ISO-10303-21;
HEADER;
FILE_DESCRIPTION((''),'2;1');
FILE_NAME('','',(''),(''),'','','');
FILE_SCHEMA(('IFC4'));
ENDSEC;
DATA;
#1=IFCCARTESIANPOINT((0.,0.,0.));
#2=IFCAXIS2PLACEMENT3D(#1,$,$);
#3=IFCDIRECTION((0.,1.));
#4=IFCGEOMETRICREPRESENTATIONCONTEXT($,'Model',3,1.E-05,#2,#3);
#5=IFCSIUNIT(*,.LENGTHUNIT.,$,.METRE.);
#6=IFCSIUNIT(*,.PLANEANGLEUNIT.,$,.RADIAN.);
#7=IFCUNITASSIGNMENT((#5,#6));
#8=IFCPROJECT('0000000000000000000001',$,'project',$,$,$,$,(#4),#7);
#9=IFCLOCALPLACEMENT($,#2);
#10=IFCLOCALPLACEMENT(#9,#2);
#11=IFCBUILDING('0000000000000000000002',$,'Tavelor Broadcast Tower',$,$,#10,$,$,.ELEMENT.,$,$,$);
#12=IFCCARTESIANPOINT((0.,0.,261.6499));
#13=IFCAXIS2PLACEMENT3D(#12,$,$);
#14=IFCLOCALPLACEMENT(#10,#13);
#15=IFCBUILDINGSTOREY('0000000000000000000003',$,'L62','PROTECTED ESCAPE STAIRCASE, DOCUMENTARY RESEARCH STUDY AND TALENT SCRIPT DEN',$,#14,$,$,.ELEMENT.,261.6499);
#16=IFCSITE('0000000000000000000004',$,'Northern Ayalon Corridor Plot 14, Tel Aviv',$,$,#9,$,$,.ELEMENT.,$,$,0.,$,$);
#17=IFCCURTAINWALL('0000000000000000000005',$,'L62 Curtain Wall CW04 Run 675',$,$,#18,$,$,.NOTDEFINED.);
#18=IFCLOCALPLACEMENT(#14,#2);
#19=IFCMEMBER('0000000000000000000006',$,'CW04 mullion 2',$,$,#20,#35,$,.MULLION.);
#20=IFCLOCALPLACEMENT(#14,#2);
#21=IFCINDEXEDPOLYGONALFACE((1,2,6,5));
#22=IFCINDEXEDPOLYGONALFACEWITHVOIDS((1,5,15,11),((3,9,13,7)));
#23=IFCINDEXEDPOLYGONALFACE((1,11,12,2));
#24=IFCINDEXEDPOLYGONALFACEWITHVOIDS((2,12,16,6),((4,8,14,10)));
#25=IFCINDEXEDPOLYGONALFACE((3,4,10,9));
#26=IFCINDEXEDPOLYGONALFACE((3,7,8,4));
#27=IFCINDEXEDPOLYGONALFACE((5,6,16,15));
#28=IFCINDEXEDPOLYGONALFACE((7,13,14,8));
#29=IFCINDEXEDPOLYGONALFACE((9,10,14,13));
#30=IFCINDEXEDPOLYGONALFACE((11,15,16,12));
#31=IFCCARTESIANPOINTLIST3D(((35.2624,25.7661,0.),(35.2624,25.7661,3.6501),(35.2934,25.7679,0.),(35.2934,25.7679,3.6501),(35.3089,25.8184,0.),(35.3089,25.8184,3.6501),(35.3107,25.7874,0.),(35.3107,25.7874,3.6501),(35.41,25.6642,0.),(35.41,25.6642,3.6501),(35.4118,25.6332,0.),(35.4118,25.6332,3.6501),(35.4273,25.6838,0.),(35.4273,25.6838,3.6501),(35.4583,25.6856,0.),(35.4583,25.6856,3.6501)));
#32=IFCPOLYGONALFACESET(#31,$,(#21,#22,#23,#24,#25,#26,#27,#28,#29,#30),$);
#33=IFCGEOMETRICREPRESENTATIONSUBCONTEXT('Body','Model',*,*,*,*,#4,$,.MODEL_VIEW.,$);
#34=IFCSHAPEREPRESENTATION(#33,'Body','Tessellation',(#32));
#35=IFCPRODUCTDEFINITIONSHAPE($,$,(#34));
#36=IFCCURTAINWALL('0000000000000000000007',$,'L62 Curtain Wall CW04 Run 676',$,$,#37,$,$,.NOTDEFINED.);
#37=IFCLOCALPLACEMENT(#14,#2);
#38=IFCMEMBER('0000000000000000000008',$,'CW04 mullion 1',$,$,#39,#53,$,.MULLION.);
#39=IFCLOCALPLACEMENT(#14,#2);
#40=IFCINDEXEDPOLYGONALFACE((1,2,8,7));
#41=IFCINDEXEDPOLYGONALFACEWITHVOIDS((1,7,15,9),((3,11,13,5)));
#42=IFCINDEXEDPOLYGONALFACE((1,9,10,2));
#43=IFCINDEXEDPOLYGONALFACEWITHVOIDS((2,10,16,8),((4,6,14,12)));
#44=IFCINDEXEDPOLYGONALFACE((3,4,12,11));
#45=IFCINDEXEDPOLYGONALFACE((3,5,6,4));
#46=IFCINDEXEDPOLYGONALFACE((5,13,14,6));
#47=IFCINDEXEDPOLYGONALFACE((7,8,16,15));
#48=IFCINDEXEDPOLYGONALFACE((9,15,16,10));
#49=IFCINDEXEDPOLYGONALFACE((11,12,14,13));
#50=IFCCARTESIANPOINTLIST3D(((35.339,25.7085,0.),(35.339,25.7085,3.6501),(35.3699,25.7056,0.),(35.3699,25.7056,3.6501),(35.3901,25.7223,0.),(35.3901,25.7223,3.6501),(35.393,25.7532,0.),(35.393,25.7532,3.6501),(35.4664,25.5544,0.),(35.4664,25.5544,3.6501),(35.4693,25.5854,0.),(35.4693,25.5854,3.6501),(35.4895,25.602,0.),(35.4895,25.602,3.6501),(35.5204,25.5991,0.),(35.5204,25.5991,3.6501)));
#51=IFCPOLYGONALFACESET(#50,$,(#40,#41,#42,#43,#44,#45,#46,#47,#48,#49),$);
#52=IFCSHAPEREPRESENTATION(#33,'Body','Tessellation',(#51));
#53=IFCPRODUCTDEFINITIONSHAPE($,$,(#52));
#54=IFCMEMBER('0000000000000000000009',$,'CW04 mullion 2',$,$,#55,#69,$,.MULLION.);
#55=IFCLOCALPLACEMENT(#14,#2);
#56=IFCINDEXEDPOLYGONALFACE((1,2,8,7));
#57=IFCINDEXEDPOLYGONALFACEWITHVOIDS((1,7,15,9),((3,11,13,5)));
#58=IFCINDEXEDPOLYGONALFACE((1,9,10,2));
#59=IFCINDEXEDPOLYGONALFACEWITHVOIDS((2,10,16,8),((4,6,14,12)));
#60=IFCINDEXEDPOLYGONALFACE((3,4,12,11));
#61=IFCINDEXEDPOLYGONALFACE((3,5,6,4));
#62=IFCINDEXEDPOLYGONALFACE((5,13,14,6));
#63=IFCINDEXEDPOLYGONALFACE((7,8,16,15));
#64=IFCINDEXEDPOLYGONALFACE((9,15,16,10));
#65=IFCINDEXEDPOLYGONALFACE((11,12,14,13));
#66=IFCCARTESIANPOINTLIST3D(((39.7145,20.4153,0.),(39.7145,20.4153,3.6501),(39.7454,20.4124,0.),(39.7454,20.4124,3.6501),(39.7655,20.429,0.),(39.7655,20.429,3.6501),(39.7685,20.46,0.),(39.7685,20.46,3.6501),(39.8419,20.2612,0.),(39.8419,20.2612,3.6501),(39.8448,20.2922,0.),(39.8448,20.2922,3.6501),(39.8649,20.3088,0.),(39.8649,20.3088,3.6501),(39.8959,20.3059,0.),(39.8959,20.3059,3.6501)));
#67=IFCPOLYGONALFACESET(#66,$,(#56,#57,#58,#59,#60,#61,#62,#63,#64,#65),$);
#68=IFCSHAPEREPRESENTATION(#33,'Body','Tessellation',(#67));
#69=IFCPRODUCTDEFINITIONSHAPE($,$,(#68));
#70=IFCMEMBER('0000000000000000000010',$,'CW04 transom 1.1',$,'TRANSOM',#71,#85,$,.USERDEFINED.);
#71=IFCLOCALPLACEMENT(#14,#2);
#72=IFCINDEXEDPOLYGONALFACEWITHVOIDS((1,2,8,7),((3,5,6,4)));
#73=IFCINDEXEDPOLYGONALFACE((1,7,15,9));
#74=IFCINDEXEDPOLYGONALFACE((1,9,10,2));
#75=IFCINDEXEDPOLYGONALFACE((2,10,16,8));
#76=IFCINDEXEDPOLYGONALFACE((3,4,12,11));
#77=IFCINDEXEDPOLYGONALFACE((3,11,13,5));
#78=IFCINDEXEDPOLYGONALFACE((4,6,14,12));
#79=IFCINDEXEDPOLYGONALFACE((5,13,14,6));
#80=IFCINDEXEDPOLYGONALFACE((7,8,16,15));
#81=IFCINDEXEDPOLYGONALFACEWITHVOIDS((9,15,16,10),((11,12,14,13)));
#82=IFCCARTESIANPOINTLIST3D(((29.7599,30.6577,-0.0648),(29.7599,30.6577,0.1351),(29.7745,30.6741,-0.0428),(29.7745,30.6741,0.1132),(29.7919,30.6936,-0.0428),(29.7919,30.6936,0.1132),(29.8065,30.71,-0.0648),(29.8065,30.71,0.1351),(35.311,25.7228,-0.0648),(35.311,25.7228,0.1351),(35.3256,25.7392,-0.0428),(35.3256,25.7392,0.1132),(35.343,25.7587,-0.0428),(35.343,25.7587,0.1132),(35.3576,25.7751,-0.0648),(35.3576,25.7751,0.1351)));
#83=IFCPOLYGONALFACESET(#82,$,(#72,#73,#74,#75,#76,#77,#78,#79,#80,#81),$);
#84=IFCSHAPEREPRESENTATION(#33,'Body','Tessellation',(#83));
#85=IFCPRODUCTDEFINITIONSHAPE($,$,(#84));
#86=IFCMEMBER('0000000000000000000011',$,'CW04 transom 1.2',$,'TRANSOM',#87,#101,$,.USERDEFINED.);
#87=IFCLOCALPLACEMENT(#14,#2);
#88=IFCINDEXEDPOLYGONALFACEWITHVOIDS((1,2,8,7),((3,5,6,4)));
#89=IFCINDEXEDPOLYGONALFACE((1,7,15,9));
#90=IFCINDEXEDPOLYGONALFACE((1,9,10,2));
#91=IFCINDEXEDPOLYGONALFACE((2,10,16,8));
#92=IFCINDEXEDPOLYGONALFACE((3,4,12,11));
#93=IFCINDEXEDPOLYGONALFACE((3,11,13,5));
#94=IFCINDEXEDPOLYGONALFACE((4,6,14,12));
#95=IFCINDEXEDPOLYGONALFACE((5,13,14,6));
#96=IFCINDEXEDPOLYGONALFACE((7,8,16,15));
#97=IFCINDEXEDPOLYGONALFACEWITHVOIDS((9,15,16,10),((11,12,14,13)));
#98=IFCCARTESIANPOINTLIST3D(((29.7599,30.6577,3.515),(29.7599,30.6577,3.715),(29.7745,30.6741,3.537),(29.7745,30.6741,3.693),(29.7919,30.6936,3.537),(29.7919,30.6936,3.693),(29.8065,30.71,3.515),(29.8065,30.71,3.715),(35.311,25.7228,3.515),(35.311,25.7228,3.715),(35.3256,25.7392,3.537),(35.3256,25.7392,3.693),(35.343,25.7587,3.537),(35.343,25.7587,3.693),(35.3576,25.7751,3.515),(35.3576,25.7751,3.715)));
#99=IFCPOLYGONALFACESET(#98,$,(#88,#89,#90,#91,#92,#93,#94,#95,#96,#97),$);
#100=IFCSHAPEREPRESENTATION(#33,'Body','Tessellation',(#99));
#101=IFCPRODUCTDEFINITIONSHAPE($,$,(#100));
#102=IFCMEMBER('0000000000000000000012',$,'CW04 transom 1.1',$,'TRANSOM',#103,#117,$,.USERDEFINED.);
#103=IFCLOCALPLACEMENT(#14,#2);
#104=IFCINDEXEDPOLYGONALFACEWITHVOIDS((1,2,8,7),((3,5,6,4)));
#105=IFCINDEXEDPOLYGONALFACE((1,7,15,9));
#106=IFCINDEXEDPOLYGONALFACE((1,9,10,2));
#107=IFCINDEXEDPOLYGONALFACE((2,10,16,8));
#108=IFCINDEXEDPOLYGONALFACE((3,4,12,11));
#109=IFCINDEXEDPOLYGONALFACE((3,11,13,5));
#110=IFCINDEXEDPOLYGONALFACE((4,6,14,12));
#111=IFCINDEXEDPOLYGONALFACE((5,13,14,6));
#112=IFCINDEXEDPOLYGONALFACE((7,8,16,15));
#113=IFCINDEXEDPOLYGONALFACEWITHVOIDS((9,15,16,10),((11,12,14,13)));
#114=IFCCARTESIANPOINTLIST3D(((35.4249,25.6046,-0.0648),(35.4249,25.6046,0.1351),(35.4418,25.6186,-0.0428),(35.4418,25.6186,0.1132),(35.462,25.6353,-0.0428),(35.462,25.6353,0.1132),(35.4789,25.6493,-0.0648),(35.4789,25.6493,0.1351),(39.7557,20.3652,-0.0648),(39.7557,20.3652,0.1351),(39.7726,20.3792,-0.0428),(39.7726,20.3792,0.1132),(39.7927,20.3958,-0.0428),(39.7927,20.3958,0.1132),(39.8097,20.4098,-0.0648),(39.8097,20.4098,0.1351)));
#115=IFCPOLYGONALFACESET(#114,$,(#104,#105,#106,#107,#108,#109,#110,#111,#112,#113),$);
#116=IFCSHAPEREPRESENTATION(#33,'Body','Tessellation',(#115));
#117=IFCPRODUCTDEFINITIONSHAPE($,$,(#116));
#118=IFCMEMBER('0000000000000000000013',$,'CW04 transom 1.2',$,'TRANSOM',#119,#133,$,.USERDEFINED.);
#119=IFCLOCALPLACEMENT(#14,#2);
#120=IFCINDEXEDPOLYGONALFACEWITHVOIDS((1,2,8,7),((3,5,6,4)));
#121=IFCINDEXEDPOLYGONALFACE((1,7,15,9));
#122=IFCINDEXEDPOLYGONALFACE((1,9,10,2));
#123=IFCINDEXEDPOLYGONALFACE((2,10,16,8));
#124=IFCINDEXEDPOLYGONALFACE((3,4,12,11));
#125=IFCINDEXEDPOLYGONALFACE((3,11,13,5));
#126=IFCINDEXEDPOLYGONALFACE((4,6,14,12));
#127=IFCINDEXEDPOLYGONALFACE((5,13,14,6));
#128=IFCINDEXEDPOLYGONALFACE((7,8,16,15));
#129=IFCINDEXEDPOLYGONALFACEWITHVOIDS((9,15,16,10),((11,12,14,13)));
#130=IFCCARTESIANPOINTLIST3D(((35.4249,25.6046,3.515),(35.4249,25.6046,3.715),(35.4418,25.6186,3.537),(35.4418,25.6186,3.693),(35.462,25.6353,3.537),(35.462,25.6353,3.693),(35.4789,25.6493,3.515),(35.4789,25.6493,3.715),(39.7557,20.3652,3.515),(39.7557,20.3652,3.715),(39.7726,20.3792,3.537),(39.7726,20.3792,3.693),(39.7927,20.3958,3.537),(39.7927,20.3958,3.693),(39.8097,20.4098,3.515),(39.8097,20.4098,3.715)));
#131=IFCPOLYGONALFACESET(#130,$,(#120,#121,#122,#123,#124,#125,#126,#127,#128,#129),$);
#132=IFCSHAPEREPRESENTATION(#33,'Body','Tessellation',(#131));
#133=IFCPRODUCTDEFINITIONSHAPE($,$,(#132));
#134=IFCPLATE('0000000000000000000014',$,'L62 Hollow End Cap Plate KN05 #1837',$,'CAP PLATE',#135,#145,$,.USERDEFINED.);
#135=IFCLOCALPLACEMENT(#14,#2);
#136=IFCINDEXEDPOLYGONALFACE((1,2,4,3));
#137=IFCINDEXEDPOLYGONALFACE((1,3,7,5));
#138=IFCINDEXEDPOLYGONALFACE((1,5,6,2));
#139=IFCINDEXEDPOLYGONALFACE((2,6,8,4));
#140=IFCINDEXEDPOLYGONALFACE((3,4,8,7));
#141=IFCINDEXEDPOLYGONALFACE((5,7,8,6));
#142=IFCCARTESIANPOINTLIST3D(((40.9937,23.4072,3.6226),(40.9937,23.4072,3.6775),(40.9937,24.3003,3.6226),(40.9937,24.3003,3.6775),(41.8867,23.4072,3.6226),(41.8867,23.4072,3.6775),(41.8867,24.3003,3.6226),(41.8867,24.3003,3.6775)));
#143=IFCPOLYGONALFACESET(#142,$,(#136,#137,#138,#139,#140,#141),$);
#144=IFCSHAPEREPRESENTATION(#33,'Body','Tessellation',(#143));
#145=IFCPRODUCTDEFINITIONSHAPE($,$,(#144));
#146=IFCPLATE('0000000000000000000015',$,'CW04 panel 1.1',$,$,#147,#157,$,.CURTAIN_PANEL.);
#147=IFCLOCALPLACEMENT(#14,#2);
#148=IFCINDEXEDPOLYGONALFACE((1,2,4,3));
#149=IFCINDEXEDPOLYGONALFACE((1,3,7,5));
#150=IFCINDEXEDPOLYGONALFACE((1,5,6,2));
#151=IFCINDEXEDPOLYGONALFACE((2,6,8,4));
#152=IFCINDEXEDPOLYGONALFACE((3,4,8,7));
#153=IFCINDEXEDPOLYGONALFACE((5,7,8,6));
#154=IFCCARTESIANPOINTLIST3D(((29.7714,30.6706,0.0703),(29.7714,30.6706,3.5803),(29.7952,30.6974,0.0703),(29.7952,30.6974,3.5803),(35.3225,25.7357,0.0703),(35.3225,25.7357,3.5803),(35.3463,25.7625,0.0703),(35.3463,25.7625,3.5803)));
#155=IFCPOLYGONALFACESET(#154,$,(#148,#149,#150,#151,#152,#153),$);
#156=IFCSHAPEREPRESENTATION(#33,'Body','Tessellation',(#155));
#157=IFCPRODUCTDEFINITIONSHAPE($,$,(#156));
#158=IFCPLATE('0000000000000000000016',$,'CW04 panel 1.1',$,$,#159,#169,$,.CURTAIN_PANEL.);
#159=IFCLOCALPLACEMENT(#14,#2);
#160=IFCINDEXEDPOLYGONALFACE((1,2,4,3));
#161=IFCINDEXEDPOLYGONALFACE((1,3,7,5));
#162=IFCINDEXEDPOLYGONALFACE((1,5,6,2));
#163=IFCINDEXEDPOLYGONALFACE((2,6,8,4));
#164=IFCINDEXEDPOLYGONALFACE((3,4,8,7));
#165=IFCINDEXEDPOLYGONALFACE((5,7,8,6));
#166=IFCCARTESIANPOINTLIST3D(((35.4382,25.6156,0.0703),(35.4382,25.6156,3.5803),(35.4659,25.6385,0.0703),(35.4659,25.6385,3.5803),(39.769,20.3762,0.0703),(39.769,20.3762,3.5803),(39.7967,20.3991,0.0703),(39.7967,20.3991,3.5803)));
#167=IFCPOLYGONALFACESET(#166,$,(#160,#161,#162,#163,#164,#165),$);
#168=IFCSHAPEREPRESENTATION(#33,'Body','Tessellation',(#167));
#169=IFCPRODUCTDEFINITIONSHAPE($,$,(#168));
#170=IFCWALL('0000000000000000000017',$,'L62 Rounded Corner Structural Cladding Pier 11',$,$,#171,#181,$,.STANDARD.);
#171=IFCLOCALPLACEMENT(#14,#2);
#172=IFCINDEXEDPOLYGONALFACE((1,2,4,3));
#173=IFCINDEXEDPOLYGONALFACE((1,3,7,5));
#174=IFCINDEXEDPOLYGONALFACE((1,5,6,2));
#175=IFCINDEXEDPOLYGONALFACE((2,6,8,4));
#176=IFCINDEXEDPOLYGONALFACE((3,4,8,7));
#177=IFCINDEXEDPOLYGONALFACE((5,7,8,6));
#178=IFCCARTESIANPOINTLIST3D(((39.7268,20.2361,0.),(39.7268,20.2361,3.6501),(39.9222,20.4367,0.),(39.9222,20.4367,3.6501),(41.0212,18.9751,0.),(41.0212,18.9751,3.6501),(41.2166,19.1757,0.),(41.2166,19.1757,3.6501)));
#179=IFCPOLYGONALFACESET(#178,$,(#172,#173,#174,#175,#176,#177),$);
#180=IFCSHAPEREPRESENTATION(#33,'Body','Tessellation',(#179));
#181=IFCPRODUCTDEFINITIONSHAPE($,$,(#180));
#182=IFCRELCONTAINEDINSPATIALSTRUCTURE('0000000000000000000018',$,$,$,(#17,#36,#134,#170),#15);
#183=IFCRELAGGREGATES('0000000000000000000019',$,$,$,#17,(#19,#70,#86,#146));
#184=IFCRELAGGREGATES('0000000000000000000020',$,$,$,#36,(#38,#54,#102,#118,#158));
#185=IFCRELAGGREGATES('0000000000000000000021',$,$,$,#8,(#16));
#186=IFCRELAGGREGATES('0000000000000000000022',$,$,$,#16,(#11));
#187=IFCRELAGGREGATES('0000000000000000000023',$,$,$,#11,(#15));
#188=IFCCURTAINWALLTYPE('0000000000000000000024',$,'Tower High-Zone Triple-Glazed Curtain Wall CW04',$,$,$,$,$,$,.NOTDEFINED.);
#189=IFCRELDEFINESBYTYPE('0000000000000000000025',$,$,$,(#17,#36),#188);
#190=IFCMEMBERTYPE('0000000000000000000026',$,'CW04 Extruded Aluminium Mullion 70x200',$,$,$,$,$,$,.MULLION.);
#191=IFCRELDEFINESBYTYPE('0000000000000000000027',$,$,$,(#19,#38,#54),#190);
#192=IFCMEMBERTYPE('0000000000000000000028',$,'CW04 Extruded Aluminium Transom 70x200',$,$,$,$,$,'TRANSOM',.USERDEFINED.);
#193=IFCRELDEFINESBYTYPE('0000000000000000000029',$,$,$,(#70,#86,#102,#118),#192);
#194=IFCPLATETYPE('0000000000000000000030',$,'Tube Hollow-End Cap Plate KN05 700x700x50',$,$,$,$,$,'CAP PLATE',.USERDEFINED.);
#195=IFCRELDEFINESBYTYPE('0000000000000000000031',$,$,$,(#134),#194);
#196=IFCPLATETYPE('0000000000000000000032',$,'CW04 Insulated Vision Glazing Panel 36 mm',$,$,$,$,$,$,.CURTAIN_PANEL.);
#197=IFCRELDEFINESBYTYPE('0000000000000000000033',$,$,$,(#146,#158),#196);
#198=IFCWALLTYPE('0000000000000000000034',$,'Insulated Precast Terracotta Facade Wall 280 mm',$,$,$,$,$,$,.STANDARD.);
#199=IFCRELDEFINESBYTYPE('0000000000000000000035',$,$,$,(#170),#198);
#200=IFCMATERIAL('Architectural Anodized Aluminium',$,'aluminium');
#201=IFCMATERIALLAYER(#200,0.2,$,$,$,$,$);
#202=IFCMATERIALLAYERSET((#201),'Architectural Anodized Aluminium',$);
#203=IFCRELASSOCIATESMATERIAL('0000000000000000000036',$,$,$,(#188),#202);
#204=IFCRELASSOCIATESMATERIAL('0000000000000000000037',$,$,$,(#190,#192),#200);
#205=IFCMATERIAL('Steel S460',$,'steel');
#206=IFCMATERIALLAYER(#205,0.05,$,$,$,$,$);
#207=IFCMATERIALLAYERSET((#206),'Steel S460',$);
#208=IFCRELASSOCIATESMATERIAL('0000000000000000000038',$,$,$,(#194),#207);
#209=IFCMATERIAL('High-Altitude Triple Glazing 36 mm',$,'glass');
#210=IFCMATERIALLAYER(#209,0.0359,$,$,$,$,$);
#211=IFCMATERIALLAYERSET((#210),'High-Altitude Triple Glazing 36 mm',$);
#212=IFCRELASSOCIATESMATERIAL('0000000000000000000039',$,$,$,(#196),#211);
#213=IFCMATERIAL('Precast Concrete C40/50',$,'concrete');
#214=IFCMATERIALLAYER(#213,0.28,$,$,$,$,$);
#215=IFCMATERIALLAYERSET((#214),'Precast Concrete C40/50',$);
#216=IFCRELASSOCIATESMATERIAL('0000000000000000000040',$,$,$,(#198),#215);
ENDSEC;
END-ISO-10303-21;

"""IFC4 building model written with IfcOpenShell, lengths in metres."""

from ifc_helpers import new_model, si_unit, direction, frame, frame_2d, origin, origin_2d, place, context, subcontext, project, spatial, rectangle, hollow_rectangle, extrude, source, transform, mapped, material, layer, layer_set, material_profile, profile_set, type_object, type_shapes, element, aggregate, save


model = new_model("IFC4")

# Units and contexts
model_context = context("Model", 3, precision=1e-05, world=origin(), true_north=direction((0.0, 1.0)))
body_context = subcontext(model_context, "Body", "Model", "MODEL_VIEW")
ifc_project = project(units=[si_unit("LENGTHUNIT", "METRE"), si_unit("PLANEANGLEUNIT", "RADIAN")], contexts=[model_context])

# Site, building, storey
site_placement = place(None, origin())
site = spatial("IfcSite", under=ifc_project, at=site_placement, Name="Northern Ayalon Corridor Plot 14, Tel Aviv", CompositionType="ELEMENT", RefElevation=0.0)
building_placement = place(site_placement, origin())
building = spatial("IfcBuilding", under=site, at=building_placement, Name="Tavelor Broadcast Tower", CompositionType="ELEMENT")
storey_placement = place(building_placement, frame((0.0, 0.0, 261.6499)))
storey = spatial("IfcBuildingStorey", under=building, at=storey_placement, Name="L62", Description="PROTECTED ESCAPE STAIRCASE, DOCUMENTARY RESEARCH STUDY AND TALENT SCRIPT DEN", CompositionType="ELEMENT", Elevation=261.6499)

# Shared definitions
ifc_material_1 = material(Name="Steel S460", Category="steel")

# Curtain wall, member
ifc_material_2 = material(Name="Architectural Anodized Aluminium", Category="aluminium")
ifc_layer_1 = layer(ifc_material_2, 0.2)
ifc_layer_set_1 = layer_set([ifc_layer_1], Name="Architectural Anodized Aluminium")
curtain_wall_type = type_object("IfcCurtainWallType", Name="Tower High-Zone Triple-Glazed Curtain Wall CW04", PredefinedType="NOTDEFINED", material=ifc_layer_set_1)
curtain_wall_1_placement = place(storey_placement, origin())
curtain_wall_1 = element("IfcCurtainWall", 1, at=curtain_wall_1_placement, inside=storey, type_object=curtain_wall_type, Name="L62 Curtain Wall CW04 Run 675", PredefinedType="NOTDEFINED")
ifc_material_profile_1 = material_profile(ifc_material_2, hollow_rectangle(XDim=0.0701, YDim=0.2, WallThickness=0.022, at=origin_2d()), Name="RHS 70x200x22")
ifc_profile_set_1 = profile_set([ifc_material_profile_1], Name="Architectural Anodized Aluminium")
member_type_1 = type_object("IfcMemberType", Name="CW04 Extruded Aluminium Mullion 70x200", PredefinedType="MULLION", material=ifc_profile_set_1)
shared_shape_1 = source(origin(), body_context, "Body", "SweptSolid", [
    extrude(hollow_rectangle(XDim=0.0701, YDim=0.2, WallThickness=0.022, at=origin_2d()), origin(), (0.0, 0.0, 1.0), 3.6501),
])
type_shapes(member_type_1, [shared_shape_1])
member_1_placement = place(storey_placement, frame((35.3604, 25.7258, 0.0), z_axis=(0.0, 0.0, 1.0), x_axis=(0.664409, 0.747369, 0.0)))
member_1 = element("IfcMember", 2, at=member_1_placement, type_object=member_type_1, Name="CW04 mullion 2", PredefinedType="MULLION", context=body_context, shape_type="MappedRepresentation", body=[
    mapped(shared_shape_1, transform((0.0, 0.0, 0.0), scale=1.0)),
])

# Curtain wall, members
curtain_wall_2_placement = place(storey_placement, origin())
curtain_wall_2 = element("IfcCurtainWall", 3, at=curtain_wall_2_placement, inside=storey, type_object=curtain_wall_type, Name="L62 Curtain Wall CW04 Run 676", PredefinedType="NOTDEFINED")
member_2_placement = place(storey_placement, frame((35.4297, 25.6538, 0.0), z_axis=(0.0, 0.0, 1.0), x_axis=(0.770773, 0.63711, 0.0)))
member_2 = element("IfcMember", 4, at=member_2_placement, type_object=member_type_1, Name="CW04 mullion 1", PredefinedType="MULLION", context=body_context, shape_type="MappedRepresentation", body=[
    mapped(shared_shape_1, transform((0.0, 0.0, 0.0), scale=1.0)),
])
member_3_placement = place(storey_placement, frame((39.8052, 20.3606, 0.0), z_axis=(0.0, 0.0, 1.0), x_axis=(0.770773, 0.63711, 0.0)))
member_3 = element("IfcMember", 5, at=member_3_placement, type_object=member_type_1, Name="CW04 mullion 2", PredefinedType="MULLION", context=body_context, shape_type="MappedRepresentation", body=[
    mapped(shared_shape_1, transform((0.0, 0.0, 0.0), scale=1.0)),
])

# Members
ifc_material_profile_2 = material_profile(ifc_material_2, hollow_rectangle(XDim=0.0701, YDim=0.2, WallThickness=0.022, at=origin_2d()), Name="RHS 70x200x22")
ifc_profile_set_2 = profile_set([ifc_material_profile_2], Name="Architectural Anodized Aluminium")
member_type_2 = type_object("IfcMemberType", Name="CW04 Extruded Aluminium Transom 70x200", ElementType="TRANSOM", PredefinedType="USERDEFINED", material=ifc_profile_set_2)
shared_shape_2 = source(origin(), body_context, "Body", "SweptSolid", [
    extrude(hollow_rectangle(XDim=0.0701, YDim=0.2, WallThickness=0.022, at=origin_2d()), origin(), (0.0, 0.0, 1.0), 7.4275),
])
member_4_placement = place(storey_placement, frame((29.7832, 30.6838, 0.0352), z_axis=(0.747371, -0.664407, 0.0), x_axis=(0.664407, 0.747371, 0.0)))
member_4 = element("IfcMember", 6, at=member_4_placement, type_object=member_type_2, Name="CW04 transom 1.1", ObjectType="TRANSOM", PredefinedType="USERDEFINED", context=body_context, shape_type="MappedRepresentation", body=[
    mapped(shared_shape_2, transform((0.0, 0.0, 0.0), scale=1.0)),
])
member_5_placement = place(storey_placement, frame((29.7832, 30.6838, 3.615), z_axis=(0.747371, -0.664407, 0.0), x_axis=(0.664407, 0.747371, 0.0)))
member_5 = element("IfcMember", 7, at=member_5_placement, type_object=member_type_2, Name="CW04 transom 1.2", ObjectType="TRANSOM", PredefinedType="USERDEFINED", context=body_context, shape_type="MappedRepresentation", body=[
    mapped(shared_shape_2, transform((0.0, 0.0, 0.0), scale=1.0)),
])
shared_shape_3 = source(origin(), body_context, "Body", "SweptSolid", [
    extrude(hollow_rectangle(XDim=0.0701, YDim=0.2, WallThickness=0.022, at=origin_2d()), origin(), (0.0, 0.0, 1.0), 6.7976),
])
type_shapes(member_type_2, [shared_shape_2, shared_shape_3])
member_6_placement = place(storey_placement, frame((35.4519, 25.627, 0.0352), z_axis=(0.637102, -0.770779, 0.0), x_axis=(0.770779, 0.637102, 0.0)))
member_6 = element("IfcMember", 8, at=member_6_placement, type_object=member_type_2, Name="CW04 transom 1.1", ObjectType="TRANSOM", PredefinedType="USERDEFINED", context=body_context, shape_type="MappedRepresentation", body=[
    mapped(shared_shape_3, transform((0.0, 0.0, 0.0), scale=1.0)),
])
member_7_placement = place(storey_placement, frame((35.4519, 25.627, 3.615), z_axis=(0.637102, -0.770779, 0.0), x_axis=(0.770779, 0.637102, 0.0)))
member_7 = element("IfcMember", 9, at=member_7_placement, type_object=member_type_2, Name="CW04 transom 1.2", ObjectType="TRANSOM", PredefinedType="USERDEFINED", context=body_context, shape_type="MappedRepresentation", body=[
    mapped(shared_shape_3, transform((0.0, 0.0, 0.0), scale=1.0)),
])

# Plates
ifc_layer_2 = layer(ifc_material_1, 0.05)
ifc_layer_set_2 = layer_set([ifc_layer_2], Name="Steel S460")
plate_type_1 = type_object("IfcPlateType", Name="Tube Hollow-End Cap Plate KN05 700x700x50", ElementType="CAP PLATE", PredefinedType="USERDEFINED", material=ifc_layer_set_2)
shared_shape_4 = source(origin(), body_context, "Body", "SweptSolid", [
    extrude(rectangle(XDim=0.8931, YDim=0.8931, at=origin_2d()), origin(), (0.0, 0.0, 1.0), 0.0549),
])
type_shapes(plate_type_1, [shared_shape_4])
plate_1_placement = place(storey_placement, frame((41.4402, 23.8538, 3.6226), z_axis=(0.0, 0.0, 1.0), x_axis=(1.0, 0.0, 0.0)))
element("IfcPlate", 10, at=plate_1_placement, inside=storey, type_object=plate_type_1, Name="L62 Hollow End Cap Plate KN05 #1837", ObjectType="CAP PLATE", PredefinedType="USERDEFINED", context=body_context, shape_type="MappedRepresentation", body=[
    mapped(shared_shape_4, transform((0.0, 0.0, 0.0), scale=1.0)),
])
ifc_material_3 = material(Name="High-Altitude Triple Glazing 36 mm", Category="glass")
ifc_layer_3 = layer(ifc_material_3, 0.0359)
ifc_layer_set_3 = layer_set([ifc_layer_3], Name="High-Altitude Triple Glazing 36 mm")
plate_type_2 = type_object("IfcPlateType", Name="CW04 Insulated Vision Glazing Panel 36 mm", PredefinedType="CURTAIN_PANEL", material=ifc_layer_set_3)
shared_shape_5 = source(origin(), body_context, "Body", "SweptSolid", [
    extrude(rectangle(XDim=7.4275, YDim=0.0359, at=origin_2d()), origin(), (0.0, 0.0, 1.0), 3.51),
])
plate_2_placement = place(storey_placement, frame((32.5588, 28.2166, 0.0703), z_axis=(0.0, 0.0, 1.0), x_axis=(0.747369, -0.664409, 0.0)))
plate_2 = element("IfcPlate", 11, at=plate_2_placement, type_object=plate_type_2, Name="CW04 panel 1.1", PredefinedType="CURTAIN_PANEL", context=body_context, shape_type="MappedRepresentation", body=[
    mapped(shared_shape_5, transform((0.0, 0.0, 0.0), scale=1.0)),
])
aggregate(curtain_wall_1, [member_1, member_4, member_5, plate_2])
shared_shape_6 = source(origin(), body_context, "Body", "SweptSolid", [
    extrude(rectangle(XDim=6.7976, YDim=0.0359, at=origin_2d()), origin(), (0.0, 0.0, 1.0), 3.51),
])
type_shapes(plate_type_2, [shared_shape_5, shared_shape_6])
plate_3_placement = place(storey_placement, frame((37.6174, 23.0073, 0.0703), z_axis=(0.0, 0.0, 1.0), x_axis=(0.63711, -0.770773, 0.0)))
plate_3 = element("IfcPlate", 12, at=plate_3_placement, type_object=plate_type_2, Name="CW04 panel 1.1", PredefinedType="CURTAIN_PANEL", context=body_context, shape_type="MappedRepresentation", body=[
    mapped(shared_shape_6, transform((0.0, 0.0, 0.0), scale=1.0)),
])
aggregate(curtain_wall_2, [member_2, member_3, member_6, member_7, plate_3])

# Wall
ifc_material_4 = material(Name="Precast Concrete C40/50", Category="concrete")
ifc_layer_4 = layer(ifc_material_4, 0.28)
ifc_layer_set_4 = layer_set([ifc_layer_4], Name="Precast Concrete C40/50")
wall_type_1 = type_object("IfcWallType", Name="Insulated Precast Terracotta Facade Wall 280 mm", PredefinedType="STANDARD", material=ifc_layer_set_4)
wall_1_placement = place(storey_placement, frame((39.8245, 20.3364, 0.0), z_axis=(0.0, 0.0, 1.0), x_axis=(0.716301, -0.697792, 0.0)))
element("IfcWall", 13, at=wall_1_placement, inside=storey, type_object=wall_type_1, Name="L62 Rounded Corner Structural Cladding Pier 11", PredefinedType="STANDARD", context=body_context, shape_type="SweptSolid", body=[
    extrude(rectangle(XDim=1.8071, YDim=0.28, at=frame_2d((0.9036, 0.0))), origin(), (0.0, 0.0, 1.0), 3.6501),
])

save(model, "model.ifc")
